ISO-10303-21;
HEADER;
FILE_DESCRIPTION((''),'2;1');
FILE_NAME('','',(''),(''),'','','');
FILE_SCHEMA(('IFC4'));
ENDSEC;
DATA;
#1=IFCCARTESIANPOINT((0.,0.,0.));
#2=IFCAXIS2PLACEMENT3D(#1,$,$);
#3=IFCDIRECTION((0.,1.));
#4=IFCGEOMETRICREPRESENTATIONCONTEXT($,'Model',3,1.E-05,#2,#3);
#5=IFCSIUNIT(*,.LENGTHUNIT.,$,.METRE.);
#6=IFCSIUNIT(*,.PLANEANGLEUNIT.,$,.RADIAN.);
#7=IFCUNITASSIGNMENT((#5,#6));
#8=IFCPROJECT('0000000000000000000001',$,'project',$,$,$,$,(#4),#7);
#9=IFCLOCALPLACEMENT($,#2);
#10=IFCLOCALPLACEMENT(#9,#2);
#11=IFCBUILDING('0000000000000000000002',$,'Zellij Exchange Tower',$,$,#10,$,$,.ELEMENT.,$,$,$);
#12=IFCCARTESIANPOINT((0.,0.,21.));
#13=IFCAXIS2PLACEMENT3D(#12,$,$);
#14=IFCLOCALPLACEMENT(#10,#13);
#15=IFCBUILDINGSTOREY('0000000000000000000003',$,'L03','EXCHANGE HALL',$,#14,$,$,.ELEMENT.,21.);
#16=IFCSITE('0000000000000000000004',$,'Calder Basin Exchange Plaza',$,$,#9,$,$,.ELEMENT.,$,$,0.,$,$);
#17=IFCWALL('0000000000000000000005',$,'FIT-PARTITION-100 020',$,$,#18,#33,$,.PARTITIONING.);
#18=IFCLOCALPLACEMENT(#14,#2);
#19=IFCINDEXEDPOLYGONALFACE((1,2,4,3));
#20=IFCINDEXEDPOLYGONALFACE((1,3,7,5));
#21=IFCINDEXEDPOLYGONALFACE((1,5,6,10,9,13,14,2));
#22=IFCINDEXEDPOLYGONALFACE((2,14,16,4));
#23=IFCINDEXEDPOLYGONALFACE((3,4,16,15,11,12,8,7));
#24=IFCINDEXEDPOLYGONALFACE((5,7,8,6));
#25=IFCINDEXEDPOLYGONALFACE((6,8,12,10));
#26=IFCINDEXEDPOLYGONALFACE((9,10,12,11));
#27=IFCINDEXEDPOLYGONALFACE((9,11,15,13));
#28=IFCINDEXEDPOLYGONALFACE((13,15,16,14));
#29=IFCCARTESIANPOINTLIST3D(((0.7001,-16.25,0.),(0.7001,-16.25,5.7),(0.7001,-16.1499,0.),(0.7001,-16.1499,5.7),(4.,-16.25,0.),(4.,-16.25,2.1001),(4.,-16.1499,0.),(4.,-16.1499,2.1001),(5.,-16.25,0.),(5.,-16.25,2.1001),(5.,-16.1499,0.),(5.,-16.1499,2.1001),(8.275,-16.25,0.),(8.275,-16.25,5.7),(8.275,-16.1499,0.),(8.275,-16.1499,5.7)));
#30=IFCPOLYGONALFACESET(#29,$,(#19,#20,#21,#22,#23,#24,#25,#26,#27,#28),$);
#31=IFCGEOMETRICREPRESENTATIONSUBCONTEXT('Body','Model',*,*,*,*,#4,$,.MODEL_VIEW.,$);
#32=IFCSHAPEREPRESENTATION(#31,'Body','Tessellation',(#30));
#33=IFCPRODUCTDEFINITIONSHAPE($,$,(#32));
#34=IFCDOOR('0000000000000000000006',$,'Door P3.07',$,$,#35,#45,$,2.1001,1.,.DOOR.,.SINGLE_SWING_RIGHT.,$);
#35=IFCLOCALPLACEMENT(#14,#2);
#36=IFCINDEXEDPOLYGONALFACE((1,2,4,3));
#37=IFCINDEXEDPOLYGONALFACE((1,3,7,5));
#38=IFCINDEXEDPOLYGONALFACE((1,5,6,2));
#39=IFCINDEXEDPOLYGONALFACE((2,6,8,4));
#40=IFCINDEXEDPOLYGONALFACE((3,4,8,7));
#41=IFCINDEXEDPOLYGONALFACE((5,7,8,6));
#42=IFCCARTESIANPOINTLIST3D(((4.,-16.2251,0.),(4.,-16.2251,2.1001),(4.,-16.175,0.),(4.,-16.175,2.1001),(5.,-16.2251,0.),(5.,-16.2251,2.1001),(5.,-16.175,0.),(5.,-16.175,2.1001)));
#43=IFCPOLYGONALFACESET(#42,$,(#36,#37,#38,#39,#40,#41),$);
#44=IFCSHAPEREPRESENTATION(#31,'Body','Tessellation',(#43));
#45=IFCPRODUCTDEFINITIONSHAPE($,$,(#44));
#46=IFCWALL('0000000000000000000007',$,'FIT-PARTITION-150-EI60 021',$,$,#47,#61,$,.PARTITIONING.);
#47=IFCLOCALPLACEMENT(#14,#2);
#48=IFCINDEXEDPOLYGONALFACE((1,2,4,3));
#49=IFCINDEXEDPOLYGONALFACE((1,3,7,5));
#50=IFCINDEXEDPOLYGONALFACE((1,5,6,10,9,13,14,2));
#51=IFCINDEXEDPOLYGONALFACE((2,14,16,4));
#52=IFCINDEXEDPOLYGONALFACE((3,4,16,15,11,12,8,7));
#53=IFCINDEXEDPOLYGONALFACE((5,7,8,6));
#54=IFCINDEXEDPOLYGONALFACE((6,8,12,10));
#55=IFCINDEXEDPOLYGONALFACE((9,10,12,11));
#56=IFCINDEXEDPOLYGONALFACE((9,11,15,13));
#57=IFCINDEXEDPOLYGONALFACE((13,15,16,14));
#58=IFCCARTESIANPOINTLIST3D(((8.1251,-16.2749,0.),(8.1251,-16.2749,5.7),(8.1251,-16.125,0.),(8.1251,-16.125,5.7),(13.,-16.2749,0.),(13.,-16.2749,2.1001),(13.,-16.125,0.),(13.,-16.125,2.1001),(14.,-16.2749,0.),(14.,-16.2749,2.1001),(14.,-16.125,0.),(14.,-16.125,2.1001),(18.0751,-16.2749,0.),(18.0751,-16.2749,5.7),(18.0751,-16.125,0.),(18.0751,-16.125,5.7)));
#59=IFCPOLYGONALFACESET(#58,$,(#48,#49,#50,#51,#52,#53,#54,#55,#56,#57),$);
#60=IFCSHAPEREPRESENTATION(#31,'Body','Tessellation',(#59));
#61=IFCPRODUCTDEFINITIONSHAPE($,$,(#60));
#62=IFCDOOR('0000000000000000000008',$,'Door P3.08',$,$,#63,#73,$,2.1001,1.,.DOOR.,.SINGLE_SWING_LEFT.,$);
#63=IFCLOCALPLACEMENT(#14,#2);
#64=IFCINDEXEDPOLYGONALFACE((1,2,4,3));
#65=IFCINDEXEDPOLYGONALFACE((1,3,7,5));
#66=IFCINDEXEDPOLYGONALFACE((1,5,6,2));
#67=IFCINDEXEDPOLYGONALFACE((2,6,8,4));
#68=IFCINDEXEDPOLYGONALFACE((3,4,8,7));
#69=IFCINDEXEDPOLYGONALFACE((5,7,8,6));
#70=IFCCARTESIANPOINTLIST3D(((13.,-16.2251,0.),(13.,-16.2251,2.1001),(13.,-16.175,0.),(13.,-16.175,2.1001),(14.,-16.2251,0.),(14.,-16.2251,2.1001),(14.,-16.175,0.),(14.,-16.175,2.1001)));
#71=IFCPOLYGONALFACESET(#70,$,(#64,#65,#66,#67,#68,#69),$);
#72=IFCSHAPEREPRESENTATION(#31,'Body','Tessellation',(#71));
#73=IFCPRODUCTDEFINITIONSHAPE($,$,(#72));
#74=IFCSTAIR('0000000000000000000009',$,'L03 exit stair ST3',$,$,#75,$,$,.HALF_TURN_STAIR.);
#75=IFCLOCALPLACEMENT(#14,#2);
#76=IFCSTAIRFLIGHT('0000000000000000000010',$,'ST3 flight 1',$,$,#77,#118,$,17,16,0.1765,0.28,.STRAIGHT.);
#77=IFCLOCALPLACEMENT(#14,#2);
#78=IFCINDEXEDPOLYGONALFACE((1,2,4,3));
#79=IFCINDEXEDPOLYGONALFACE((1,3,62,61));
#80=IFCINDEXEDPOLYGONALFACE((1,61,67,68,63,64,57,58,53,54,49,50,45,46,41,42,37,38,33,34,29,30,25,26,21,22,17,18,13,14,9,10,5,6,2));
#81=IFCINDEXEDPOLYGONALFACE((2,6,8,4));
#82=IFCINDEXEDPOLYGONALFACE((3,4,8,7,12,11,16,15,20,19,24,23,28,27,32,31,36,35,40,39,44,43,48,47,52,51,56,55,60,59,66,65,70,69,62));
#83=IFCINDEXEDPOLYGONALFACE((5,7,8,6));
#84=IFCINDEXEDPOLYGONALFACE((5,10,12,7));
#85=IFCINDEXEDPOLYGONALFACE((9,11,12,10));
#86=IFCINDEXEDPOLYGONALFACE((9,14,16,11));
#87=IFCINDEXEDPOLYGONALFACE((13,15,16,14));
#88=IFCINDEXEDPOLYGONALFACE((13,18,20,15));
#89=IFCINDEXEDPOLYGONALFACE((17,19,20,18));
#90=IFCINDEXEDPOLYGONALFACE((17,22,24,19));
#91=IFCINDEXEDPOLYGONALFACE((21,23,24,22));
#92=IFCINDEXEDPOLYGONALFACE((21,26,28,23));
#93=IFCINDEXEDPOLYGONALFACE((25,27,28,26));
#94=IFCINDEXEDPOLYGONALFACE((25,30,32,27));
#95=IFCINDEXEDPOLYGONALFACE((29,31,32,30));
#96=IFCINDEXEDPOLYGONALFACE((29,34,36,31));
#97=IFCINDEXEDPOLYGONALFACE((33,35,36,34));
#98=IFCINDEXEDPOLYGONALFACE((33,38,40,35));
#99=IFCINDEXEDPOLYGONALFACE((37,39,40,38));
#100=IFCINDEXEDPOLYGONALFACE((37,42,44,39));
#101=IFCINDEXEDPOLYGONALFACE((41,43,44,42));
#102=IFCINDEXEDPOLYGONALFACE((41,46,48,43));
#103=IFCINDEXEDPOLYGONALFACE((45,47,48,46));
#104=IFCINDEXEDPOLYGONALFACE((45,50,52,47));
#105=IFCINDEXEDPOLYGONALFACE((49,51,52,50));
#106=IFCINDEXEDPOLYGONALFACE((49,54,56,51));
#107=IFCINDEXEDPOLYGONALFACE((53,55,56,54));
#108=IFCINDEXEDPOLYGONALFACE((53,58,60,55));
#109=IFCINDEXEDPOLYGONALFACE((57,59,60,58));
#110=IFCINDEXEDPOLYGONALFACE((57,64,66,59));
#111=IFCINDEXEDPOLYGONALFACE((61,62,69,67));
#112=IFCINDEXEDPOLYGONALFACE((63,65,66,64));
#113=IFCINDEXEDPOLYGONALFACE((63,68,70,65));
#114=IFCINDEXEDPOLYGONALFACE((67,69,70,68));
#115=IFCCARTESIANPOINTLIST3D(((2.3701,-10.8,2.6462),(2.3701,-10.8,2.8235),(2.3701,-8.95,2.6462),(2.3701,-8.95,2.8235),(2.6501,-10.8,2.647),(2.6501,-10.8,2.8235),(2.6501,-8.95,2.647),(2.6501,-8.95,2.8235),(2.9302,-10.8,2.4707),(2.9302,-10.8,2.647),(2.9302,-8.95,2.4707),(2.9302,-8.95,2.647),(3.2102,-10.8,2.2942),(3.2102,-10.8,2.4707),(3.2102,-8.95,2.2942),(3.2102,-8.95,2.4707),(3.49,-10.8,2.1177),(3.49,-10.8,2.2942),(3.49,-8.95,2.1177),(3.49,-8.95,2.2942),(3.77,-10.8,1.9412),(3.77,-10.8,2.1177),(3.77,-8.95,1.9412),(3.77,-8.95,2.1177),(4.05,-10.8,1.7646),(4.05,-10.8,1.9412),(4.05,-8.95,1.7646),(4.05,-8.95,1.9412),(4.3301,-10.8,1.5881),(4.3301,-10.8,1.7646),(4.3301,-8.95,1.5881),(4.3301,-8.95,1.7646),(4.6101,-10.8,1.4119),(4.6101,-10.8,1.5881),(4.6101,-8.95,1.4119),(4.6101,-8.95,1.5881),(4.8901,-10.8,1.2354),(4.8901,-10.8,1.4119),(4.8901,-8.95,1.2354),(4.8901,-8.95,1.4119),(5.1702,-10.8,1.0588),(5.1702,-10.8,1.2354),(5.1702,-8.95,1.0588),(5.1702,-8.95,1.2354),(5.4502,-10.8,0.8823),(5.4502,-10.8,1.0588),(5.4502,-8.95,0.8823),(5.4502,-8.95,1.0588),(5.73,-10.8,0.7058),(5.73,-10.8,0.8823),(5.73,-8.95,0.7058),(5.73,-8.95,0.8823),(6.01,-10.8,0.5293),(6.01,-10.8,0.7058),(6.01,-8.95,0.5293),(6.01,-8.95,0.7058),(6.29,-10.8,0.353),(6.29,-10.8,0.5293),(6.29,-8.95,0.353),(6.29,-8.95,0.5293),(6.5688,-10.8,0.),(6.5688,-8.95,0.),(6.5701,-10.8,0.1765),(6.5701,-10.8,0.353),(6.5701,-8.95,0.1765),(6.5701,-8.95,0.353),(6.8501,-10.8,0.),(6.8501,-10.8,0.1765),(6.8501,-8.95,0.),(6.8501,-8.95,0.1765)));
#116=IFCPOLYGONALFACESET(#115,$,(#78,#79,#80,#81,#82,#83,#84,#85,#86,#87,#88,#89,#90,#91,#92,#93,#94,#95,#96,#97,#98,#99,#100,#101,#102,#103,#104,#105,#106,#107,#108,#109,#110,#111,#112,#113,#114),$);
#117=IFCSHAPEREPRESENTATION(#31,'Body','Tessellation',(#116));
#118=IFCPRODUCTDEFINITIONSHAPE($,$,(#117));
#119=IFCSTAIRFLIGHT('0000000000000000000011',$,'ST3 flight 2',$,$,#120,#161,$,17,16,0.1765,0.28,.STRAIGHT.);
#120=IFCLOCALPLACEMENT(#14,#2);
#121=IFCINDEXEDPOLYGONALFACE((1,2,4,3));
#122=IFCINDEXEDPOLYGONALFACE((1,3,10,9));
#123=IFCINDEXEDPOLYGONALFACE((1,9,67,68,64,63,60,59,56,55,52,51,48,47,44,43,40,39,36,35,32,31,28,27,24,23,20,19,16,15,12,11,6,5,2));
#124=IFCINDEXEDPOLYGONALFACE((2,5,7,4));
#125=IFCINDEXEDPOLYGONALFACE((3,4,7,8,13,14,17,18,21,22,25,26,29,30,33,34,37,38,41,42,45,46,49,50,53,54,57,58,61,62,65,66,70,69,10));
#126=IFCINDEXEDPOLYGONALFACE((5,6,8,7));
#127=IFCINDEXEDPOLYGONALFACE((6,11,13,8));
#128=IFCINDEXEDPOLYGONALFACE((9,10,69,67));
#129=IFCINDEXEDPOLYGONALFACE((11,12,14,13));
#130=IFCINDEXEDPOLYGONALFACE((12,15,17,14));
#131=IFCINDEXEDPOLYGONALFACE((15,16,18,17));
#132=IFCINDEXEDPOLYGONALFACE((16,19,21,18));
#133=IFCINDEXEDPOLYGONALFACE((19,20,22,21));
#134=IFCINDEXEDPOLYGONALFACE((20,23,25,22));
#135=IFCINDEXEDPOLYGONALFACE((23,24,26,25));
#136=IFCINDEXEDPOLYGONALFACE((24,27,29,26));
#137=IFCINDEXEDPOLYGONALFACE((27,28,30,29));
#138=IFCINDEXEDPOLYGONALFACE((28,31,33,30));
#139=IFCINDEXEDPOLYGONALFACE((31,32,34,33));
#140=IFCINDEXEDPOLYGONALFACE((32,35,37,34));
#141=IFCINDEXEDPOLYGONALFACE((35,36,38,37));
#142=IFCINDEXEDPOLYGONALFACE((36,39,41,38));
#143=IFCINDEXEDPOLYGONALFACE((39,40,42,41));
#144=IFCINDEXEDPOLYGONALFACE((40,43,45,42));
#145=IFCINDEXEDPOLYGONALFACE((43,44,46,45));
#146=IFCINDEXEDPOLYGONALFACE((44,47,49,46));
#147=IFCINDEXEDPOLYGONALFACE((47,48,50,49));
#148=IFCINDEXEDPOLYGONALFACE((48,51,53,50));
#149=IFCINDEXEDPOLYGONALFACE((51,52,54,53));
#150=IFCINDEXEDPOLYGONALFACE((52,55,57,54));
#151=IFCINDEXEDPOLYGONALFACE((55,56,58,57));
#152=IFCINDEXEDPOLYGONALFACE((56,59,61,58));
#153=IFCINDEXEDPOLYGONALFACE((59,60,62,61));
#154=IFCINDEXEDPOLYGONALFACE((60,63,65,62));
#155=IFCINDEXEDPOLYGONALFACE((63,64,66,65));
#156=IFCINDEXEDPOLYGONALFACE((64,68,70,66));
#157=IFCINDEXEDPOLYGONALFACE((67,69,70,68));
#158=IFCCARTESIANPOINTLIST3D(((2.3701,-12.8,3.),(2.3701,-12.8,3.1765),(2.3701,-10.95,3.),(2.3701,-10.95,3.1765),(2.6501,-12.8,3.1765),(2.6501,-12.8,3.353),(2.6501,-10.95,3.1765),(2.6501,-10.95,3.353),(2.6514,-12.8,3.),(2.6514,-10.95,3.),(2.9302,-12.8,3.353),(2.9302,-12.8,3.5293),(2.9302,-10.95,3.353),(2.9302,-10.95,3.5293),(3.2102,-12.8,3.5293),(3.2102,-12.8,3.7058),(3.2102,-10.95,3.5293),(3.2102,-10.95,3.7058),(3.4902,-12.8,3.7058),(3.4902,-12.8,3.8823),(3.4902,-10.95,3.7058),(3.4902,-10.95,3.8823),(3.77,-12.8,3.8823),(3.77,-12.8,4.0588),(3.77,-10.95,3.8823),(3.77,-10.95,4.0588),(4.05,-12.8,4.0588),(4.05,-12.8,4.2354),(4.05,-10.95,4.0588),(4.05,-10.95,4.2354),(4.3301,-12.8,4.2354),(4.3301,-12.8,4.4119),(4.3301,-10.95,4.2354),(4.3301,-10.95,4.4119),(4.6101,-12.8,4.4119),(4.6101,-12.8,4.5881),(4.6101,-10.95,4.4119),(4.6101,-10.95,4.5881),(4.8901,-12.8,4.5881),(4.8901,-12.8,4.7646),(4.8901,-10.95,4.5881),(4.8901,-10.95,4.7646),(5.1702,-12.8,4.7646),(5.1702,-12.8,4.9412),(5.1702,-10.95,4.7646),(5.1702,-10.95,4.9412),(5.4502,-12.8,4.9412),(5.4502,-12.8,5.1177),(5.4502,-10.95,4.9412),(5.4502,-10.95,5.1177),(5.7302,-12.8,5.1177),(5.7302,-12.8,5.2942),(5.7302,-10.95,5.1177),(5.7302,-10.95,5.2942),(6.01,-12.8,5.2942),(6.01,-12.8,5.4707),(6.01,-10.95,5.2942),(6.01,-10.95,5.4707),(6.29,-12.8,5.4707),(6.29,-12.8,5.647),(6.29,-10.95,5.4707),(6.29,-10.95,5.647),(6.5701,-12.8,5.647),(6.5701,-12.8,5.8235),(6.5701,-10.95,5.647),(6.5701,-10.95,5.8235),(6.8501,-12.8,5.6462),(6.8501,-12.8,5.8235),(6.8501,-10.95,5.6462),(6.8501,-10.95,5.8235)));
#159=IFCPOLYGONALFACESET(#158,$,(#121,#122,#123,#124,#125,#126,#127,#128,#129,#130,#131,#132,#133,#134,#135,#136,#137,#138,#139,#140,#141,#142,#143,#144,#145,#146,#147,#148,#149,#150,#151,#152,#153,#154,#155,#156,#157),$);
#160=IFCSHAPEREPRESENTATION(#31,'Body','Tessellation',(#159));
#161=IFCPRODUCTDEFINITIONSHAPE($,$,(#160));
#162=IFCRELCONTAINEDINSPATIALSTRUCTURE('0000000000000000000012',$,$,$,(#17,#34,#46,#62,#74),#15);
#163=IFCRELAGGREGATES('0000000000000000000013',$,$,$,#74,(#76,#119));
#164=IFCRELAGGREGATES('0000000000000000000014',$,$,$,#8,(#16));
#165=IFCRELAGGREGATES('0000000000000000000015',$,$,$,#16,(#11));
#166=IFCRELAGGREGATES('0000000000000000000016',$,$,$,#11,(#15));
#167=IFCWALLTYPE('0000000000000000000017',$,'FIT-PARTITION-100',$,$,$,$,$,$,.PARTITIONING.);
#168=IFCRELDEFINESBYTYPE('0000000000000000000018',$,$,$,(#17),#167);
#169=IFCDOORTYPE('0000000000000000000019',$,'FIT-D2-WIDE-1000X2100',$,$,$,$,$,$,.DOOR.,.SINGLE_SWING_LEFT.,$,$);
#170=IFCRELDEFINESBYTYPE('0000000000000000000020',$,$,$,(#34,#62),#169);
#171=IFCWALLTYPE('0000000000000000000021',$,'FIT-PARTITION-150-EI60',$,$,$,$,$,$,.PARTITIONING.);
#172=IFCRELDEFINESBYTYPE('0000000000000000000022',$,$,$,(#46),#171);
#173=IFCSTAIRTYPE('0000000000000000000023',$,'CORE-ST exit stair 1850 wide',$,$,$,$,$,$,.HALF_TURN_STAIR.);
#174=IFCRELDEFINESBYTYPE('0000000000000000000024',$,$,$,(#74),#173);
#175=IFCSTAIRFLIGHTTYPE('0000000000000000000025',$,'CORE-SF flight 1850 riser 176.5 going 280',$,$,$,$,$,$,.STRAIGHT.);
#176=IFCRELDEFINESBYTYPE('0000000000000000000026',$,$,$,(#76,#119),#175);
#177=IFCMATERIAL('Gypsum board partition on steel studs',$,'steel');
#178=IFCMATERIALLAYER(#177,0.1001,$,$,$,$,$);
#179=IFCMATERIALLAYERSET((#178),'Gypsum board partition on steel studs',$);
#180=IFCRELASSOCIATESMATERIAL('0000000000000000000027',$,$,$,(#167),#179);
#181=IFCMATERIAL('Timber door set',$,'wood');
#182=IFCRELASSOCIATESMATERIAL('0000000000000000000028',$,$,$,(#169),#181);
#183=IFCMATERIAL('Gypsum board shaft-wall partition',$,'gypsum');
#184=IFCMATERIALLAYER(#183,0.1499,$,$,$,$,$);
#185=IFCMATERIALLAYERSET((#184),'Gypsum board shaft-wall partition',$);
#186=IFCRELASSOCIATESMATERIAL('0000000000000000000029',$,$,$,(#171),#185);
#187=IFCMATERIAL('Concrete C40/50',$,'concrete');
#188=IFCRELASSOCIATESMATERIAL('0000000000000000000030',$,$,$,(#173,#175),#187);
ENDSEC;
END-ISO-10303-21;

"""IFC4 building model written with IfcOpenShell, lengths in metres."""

from ifc_helpers import new_model, si_unit, direction, frame, frame_2d, origin, place, context, subcontext, project, spatial, polyline, rectangle, outline, extrude, material, layer, layer_set, type_object, element, fill, aggregate, save


model = new_model("IFC4")

# Units and contexts
model_context = context("Model", 3, precision=1e-05, world=origin(), true_north=direction((0.0, 1.0)))
body_context = subcontext(model_context, "Body", "Model", "MODEL_VIEW")
ifc_project = project(units=[si_unit("LENGTHUNIT", "METRE"), si_unit("PLANEANGLEUNIT", "RADIAN")], contexts=[model_context])

# Site, building, storey
site_placement = place(None, origin())
site = spatial("IfcSite", under=ifc_project, at=site_placement, Name="Calder Basin Exchange Plaza", CompositionType="ELEMENT", RefElevation=0.0)
building_placement = place(site_placement, origin())
building = spatial("IfcBuilding", under=site, at=building_placement, Name="Zellij Exchange Tower", CompositionType="ELEMENT")
storey_placement = place(building_placement, frame((0.0, 0.0, 21.0)))
storey = spatial("IfcBuildingStorey", under=building, at=storey_placement, Name="L03", Description="EXCHANGE HALL", CompositionType="ELEMENT", Elevation=21.0)

# Walls, openings, doors
ifc_material_1 = material(Name="Gypsum board partition on steel studs", Category="steel")
ifc_layer_1 = layer(ifc_material_1, 0.1001)
ifc_layer_set_1 = layer_set([ifc_layer_1], Name="Gypsum board partition on steel studs")
wall_type_1 = type_object("IfcWallType", Name="FIT-PARTITION-100", PredefinedType="PARTITIONING", material=ifc_layer_set_1)
wall_1_placement = place(storey_placement, frame((0.7, -16.2, 0.0), z_axis=(0.0, 0.0, 1.0), x_axis=(1.0, 0.0, 0.0)))
wall_1 = element("IfcWall", 1, at=wall_1_placement, inside=storey, type_object=wall_type_1, Name="FIT-PARTITION-100 020", PredefinedType="PARTITIONING", context=body_context, shape_type="SweptSolid", body=[
    extrude(rectangle(XDim=7.575, YDim=0.1001, at=frame_2d((3.7876, 0.0))), origin(), (0.0, 0.0, 1.0), 5.7),
])
opening_1_placement = place(wall_1_placement, frame((3.3, 0.0, 0.0)))
opening_1 = element("IfcOpeningElement", 2, at=opening_1_placement, cuts=wall_1, PredefinedType="OPENING", context=body_context, shape_type="SweptSolid", body=[
    extrude(rectangle(XDim=1.0, YDim=2.1001, at=frame_2d((0.5, 1.05))), frame((0.0, 0.062, 0.0), z_axis=(0.0, -1.0, 0.0), x_axis=(1.0, 0.0, 0.0)), (0.0, 0.0, 1.0), 0.124),
])
ifc_material_2 = material(Name="Timber door set", Category="wood")
door_type_1 = type_object("IfcDoorType", Name="FIT-D2-WIDE-1000X2100", OperationType="SINGLE_SWING_LEFT", PredefinedType="DOOR", material=ifc_material_2)
door_1_placement = place(opening_1_placement, origin())
door_1 = element("IfcDoor", 3, at=door_1_placement, inside=storey, type_object=door_type_1, Name="Door P3.07", OperationType="SINGLE_SWING_RIGHT", OverallHeight=2.1001, OverallWidth=1.0, PredefinedType="DOOR", context=body_context, shape_type="SweptSolid", body=[
    extrude(rectangle(XDim=1.0, YDim=2.1001, at=frame_2d((0.5, 1.05))), frame((0.0, 0.0249, 0.0), z_axis=(0.0, -1.0, 0.0), x_axis=(1.0, 0.0, 0.0)), (0.0, 0.0, 1.0), 0.05),
])
fill(opening_1, door_1)
ifc_material_3 = material(Name="Gypsum board shaft-wall partition", Category="gypsum")
ifc_layer_2 = layer(ifc_material_3, 0.1499)
ifc_layer_set_2 = layer_set([ifc_layer_2], Name="Gypsum board shaft-wall partition")
wall_type_2 = type_object("IfcWallType", Name="FIT-PARTITION-150-EI60", PredefinedType="PARTITIONING", material=ifc_layer_set_2)
wall_2_placement = place(storey_placement, frame((8.125, -16.2, 0.0), z_axis=(0.0, 0.0, 1.0), x_axis=(1.0, 0.0, 0.0)))
wall_2 = element("IfcWall", 4, at=wall_2_placement, inside=storey, type_object=wall_type_2, Name="FIT-PARTITION-150-EI60 021", PredefinedType="PARTITIONING", context=body_context, shape_type="SweptSolid", body=[
    extrude(rectangle(XDim=9.95, YDim=0.1499, at=frame_2d((4.9751, 0.0))), origin(), (0.0, 0.0, 1.0), 5.7),
])
opening_2_placement = place(wall_2_placement, frame((4.875, 0.0, 0.0)))
opening_2 = element("IfcOpeningElement", 5, at=opening_2_placement, cuts=wall_2, PredefinedType="OPENING", context=body_context, shape_type="SweptSolid", body=[
    extrude(rectangle(XDim=1.0, YDim=2.1001, at=frame_2d((0.5, 1.05))), frame((0.0, 0.0869, 0.0), z_axis=(0.0, -1.0, 0.0), x_axis=(1.0, 0.0, 0.0)), (0.0, 0.0, 1.0), 0.1738),
])
door_2_placement = place(opening_2_placement, origin())
door_2 = element("IfcDoor", 6, at=door_2_placement, inside=storey, type_object=door_type_1, Name="Door P3.08", OperationType="SINGLE_SWING_LEFT", OverallHeight=2.1001, OverallWidth=1.0, PredefinedType="DOOR", context=body_context, shape_type="SweptSolid", body=[
    extrude(rectangle(XDim=1.0, YDim=2.1001, at=frame_2d((0.5, 1.05))), frame((0.0, 0.0249, 0.0), z_axis=(0.0, -1.0, 0.0), x_axis=(1.0, 0.0, 0.0)), (0.0, 0.0, 1.0), 0.05),
])
fill(opening_2, door_2)

# Stair, stair flights
ifc_material_4 = material(Name="Concrete C40/50", Category="concrete")
stair_type = type_object("IfcStairType", Name="CORE-ST exit stair 1850 wide", PredefinedType="HALF_TURN_STAIR", material=ifc_material_4)
stair_placement = place(storey_placement, origin())
stair = element("IfcStair", 7, at=stair_placement, inside=storey, type_object=stair_type, Name="L03 exit stair ST3", PredefinedType="HALF_TURN_STAIR")
stair_flight_type = type_object("IfcStairFlightType", Name="CORE-SF flight 1850 riser 176.5 going 280", PredefinedType="STRAIGHT", material=ifc_material_4)
stair_flight_1_placement = place(storey_placement, frame((6.8501, -9.875, 0.0), z_axis=(0.0, 0.0, 1.0), x_axis=(-1.0, 0.0, 0.0)))
stair_flight_1 = element("IfcStairFlight", 8, at=stair_flight_1_placement, type_object=stair_flight_type, Name="ST3 flight 1", NumberOfRisers=17, NumberOfTreads=16, PredefinedType="STRAIGHT", RiserHeight=0.1765, TreadLength=0.28, context=body_context, shape_type="SweptSolid", body=[
    extrude(outline(polyline([(0.0, 0.0), (0.0, 0.1765), (0.28, 0.1765), (0.28, 0.353), (0.5601, 0.353), (0.5601, 0.5293), (0.8401, 0.5293), (0.8401, 0.7058), (1.1201, 0.7058), (1.1201, 0.8823), (1.3999, 0.8823), (1.3999, 1.0588), (1.6799, 1.0588), (1.6799, 1.2354), (1.96, 1.2354), (1.96, 1.4119), (2.24, 1.4119), (2.24, 1.5881), (2.52, 1.5881), (2.52, 1.7646), (2.8, 1.7646), (2.8, 1.9412), (3.0801, 1.9412), (3.0801, 2.1177), (3.3601, 2.1177), (3.3601, 2.2942), (3.6399, 2.2942), (3.6399, 2.4707), (3.9199, 2.4707), (3.9199, 2.647), (4.2, 2.647), (4.2, 2.8235), (4.48, 2.8235), (4.48, 3.0), (4.48, 2.6462), (0.2812, 0.0), (0.0, 0.0)])), frame((0.0, 0.925, 0.0), z_axis=(0.0, -1.0, 0.0), x_axis=(1.0, 0.0, 0.0)), (0.0, 0.0, 1.0), 1.8501),
])
stair_flight_2_placement = place(storey_placement, frame((2.3701, -11.875, 3.0), z_axis=(0.0, 0.0, 1.0), x_axis=(1.0, 0.0, 0.0)))
stair_flight_2 = element("IfcStairFlight", 9, at=stair_flight_2_placement, type_object=stair_flight_type, Name="ST3 flight 2", NumberOfRisers=17, NumberOfTreads=16, PredefinedType="STRAIGHT", RiserHeight=0.1765, TreadLength=0.28, context=body_context, shape_type="SweptSolid", body=[
    extrude(outline(polyline([(0.0, 0.0), (0.0, 0.1765), (0.28, 0.1765), (0.28, 0.353), (0.5601, 0.353), (0.5601, 0.5293), (0.8401, 0.5293), (0.8401, 0.7058), (1.1201, 0.7058), (1.1201, 0.8823), (1.3999, 0.8823), (1.3999, 1.0588), (1.6799, 1.0588), (1.6799, 1.2354), (1.96, 1.2354), (1.96, 1.4119), (2.24, 1.4119), (2.24, 1.5881), (2.52, 1.5881), (2.52, 1.7646), (2.8, 1.7646), (2.8, 1.9412), (3.0801, 1.9412), (3.0801, 2.1177), (3.3601, 2.1177), (3.3601, 2.2942), (3.6399, 2.2942), (3.6399, 2.4707), (3.9199, 2.4707), (3.9199, 2.647), (4.2, 2.647), (4.2, 2.8235), (4.48, 2.8235), (4.48, 3.0), (4.48, 2.6462), (0.2812, 0.0), (0.0, 0.0)])), frame((0.0, 0.925, 0.0), z_axis=(0.0, -1.0, 0.0), x_axis=(1.0, 0.0, 0.0)), (0.0, 0.0, 1.0), 1.8501),
])
aggregate(stair, [stair_flight_1, stair_flight_2])

save(model, "model.ifc")
